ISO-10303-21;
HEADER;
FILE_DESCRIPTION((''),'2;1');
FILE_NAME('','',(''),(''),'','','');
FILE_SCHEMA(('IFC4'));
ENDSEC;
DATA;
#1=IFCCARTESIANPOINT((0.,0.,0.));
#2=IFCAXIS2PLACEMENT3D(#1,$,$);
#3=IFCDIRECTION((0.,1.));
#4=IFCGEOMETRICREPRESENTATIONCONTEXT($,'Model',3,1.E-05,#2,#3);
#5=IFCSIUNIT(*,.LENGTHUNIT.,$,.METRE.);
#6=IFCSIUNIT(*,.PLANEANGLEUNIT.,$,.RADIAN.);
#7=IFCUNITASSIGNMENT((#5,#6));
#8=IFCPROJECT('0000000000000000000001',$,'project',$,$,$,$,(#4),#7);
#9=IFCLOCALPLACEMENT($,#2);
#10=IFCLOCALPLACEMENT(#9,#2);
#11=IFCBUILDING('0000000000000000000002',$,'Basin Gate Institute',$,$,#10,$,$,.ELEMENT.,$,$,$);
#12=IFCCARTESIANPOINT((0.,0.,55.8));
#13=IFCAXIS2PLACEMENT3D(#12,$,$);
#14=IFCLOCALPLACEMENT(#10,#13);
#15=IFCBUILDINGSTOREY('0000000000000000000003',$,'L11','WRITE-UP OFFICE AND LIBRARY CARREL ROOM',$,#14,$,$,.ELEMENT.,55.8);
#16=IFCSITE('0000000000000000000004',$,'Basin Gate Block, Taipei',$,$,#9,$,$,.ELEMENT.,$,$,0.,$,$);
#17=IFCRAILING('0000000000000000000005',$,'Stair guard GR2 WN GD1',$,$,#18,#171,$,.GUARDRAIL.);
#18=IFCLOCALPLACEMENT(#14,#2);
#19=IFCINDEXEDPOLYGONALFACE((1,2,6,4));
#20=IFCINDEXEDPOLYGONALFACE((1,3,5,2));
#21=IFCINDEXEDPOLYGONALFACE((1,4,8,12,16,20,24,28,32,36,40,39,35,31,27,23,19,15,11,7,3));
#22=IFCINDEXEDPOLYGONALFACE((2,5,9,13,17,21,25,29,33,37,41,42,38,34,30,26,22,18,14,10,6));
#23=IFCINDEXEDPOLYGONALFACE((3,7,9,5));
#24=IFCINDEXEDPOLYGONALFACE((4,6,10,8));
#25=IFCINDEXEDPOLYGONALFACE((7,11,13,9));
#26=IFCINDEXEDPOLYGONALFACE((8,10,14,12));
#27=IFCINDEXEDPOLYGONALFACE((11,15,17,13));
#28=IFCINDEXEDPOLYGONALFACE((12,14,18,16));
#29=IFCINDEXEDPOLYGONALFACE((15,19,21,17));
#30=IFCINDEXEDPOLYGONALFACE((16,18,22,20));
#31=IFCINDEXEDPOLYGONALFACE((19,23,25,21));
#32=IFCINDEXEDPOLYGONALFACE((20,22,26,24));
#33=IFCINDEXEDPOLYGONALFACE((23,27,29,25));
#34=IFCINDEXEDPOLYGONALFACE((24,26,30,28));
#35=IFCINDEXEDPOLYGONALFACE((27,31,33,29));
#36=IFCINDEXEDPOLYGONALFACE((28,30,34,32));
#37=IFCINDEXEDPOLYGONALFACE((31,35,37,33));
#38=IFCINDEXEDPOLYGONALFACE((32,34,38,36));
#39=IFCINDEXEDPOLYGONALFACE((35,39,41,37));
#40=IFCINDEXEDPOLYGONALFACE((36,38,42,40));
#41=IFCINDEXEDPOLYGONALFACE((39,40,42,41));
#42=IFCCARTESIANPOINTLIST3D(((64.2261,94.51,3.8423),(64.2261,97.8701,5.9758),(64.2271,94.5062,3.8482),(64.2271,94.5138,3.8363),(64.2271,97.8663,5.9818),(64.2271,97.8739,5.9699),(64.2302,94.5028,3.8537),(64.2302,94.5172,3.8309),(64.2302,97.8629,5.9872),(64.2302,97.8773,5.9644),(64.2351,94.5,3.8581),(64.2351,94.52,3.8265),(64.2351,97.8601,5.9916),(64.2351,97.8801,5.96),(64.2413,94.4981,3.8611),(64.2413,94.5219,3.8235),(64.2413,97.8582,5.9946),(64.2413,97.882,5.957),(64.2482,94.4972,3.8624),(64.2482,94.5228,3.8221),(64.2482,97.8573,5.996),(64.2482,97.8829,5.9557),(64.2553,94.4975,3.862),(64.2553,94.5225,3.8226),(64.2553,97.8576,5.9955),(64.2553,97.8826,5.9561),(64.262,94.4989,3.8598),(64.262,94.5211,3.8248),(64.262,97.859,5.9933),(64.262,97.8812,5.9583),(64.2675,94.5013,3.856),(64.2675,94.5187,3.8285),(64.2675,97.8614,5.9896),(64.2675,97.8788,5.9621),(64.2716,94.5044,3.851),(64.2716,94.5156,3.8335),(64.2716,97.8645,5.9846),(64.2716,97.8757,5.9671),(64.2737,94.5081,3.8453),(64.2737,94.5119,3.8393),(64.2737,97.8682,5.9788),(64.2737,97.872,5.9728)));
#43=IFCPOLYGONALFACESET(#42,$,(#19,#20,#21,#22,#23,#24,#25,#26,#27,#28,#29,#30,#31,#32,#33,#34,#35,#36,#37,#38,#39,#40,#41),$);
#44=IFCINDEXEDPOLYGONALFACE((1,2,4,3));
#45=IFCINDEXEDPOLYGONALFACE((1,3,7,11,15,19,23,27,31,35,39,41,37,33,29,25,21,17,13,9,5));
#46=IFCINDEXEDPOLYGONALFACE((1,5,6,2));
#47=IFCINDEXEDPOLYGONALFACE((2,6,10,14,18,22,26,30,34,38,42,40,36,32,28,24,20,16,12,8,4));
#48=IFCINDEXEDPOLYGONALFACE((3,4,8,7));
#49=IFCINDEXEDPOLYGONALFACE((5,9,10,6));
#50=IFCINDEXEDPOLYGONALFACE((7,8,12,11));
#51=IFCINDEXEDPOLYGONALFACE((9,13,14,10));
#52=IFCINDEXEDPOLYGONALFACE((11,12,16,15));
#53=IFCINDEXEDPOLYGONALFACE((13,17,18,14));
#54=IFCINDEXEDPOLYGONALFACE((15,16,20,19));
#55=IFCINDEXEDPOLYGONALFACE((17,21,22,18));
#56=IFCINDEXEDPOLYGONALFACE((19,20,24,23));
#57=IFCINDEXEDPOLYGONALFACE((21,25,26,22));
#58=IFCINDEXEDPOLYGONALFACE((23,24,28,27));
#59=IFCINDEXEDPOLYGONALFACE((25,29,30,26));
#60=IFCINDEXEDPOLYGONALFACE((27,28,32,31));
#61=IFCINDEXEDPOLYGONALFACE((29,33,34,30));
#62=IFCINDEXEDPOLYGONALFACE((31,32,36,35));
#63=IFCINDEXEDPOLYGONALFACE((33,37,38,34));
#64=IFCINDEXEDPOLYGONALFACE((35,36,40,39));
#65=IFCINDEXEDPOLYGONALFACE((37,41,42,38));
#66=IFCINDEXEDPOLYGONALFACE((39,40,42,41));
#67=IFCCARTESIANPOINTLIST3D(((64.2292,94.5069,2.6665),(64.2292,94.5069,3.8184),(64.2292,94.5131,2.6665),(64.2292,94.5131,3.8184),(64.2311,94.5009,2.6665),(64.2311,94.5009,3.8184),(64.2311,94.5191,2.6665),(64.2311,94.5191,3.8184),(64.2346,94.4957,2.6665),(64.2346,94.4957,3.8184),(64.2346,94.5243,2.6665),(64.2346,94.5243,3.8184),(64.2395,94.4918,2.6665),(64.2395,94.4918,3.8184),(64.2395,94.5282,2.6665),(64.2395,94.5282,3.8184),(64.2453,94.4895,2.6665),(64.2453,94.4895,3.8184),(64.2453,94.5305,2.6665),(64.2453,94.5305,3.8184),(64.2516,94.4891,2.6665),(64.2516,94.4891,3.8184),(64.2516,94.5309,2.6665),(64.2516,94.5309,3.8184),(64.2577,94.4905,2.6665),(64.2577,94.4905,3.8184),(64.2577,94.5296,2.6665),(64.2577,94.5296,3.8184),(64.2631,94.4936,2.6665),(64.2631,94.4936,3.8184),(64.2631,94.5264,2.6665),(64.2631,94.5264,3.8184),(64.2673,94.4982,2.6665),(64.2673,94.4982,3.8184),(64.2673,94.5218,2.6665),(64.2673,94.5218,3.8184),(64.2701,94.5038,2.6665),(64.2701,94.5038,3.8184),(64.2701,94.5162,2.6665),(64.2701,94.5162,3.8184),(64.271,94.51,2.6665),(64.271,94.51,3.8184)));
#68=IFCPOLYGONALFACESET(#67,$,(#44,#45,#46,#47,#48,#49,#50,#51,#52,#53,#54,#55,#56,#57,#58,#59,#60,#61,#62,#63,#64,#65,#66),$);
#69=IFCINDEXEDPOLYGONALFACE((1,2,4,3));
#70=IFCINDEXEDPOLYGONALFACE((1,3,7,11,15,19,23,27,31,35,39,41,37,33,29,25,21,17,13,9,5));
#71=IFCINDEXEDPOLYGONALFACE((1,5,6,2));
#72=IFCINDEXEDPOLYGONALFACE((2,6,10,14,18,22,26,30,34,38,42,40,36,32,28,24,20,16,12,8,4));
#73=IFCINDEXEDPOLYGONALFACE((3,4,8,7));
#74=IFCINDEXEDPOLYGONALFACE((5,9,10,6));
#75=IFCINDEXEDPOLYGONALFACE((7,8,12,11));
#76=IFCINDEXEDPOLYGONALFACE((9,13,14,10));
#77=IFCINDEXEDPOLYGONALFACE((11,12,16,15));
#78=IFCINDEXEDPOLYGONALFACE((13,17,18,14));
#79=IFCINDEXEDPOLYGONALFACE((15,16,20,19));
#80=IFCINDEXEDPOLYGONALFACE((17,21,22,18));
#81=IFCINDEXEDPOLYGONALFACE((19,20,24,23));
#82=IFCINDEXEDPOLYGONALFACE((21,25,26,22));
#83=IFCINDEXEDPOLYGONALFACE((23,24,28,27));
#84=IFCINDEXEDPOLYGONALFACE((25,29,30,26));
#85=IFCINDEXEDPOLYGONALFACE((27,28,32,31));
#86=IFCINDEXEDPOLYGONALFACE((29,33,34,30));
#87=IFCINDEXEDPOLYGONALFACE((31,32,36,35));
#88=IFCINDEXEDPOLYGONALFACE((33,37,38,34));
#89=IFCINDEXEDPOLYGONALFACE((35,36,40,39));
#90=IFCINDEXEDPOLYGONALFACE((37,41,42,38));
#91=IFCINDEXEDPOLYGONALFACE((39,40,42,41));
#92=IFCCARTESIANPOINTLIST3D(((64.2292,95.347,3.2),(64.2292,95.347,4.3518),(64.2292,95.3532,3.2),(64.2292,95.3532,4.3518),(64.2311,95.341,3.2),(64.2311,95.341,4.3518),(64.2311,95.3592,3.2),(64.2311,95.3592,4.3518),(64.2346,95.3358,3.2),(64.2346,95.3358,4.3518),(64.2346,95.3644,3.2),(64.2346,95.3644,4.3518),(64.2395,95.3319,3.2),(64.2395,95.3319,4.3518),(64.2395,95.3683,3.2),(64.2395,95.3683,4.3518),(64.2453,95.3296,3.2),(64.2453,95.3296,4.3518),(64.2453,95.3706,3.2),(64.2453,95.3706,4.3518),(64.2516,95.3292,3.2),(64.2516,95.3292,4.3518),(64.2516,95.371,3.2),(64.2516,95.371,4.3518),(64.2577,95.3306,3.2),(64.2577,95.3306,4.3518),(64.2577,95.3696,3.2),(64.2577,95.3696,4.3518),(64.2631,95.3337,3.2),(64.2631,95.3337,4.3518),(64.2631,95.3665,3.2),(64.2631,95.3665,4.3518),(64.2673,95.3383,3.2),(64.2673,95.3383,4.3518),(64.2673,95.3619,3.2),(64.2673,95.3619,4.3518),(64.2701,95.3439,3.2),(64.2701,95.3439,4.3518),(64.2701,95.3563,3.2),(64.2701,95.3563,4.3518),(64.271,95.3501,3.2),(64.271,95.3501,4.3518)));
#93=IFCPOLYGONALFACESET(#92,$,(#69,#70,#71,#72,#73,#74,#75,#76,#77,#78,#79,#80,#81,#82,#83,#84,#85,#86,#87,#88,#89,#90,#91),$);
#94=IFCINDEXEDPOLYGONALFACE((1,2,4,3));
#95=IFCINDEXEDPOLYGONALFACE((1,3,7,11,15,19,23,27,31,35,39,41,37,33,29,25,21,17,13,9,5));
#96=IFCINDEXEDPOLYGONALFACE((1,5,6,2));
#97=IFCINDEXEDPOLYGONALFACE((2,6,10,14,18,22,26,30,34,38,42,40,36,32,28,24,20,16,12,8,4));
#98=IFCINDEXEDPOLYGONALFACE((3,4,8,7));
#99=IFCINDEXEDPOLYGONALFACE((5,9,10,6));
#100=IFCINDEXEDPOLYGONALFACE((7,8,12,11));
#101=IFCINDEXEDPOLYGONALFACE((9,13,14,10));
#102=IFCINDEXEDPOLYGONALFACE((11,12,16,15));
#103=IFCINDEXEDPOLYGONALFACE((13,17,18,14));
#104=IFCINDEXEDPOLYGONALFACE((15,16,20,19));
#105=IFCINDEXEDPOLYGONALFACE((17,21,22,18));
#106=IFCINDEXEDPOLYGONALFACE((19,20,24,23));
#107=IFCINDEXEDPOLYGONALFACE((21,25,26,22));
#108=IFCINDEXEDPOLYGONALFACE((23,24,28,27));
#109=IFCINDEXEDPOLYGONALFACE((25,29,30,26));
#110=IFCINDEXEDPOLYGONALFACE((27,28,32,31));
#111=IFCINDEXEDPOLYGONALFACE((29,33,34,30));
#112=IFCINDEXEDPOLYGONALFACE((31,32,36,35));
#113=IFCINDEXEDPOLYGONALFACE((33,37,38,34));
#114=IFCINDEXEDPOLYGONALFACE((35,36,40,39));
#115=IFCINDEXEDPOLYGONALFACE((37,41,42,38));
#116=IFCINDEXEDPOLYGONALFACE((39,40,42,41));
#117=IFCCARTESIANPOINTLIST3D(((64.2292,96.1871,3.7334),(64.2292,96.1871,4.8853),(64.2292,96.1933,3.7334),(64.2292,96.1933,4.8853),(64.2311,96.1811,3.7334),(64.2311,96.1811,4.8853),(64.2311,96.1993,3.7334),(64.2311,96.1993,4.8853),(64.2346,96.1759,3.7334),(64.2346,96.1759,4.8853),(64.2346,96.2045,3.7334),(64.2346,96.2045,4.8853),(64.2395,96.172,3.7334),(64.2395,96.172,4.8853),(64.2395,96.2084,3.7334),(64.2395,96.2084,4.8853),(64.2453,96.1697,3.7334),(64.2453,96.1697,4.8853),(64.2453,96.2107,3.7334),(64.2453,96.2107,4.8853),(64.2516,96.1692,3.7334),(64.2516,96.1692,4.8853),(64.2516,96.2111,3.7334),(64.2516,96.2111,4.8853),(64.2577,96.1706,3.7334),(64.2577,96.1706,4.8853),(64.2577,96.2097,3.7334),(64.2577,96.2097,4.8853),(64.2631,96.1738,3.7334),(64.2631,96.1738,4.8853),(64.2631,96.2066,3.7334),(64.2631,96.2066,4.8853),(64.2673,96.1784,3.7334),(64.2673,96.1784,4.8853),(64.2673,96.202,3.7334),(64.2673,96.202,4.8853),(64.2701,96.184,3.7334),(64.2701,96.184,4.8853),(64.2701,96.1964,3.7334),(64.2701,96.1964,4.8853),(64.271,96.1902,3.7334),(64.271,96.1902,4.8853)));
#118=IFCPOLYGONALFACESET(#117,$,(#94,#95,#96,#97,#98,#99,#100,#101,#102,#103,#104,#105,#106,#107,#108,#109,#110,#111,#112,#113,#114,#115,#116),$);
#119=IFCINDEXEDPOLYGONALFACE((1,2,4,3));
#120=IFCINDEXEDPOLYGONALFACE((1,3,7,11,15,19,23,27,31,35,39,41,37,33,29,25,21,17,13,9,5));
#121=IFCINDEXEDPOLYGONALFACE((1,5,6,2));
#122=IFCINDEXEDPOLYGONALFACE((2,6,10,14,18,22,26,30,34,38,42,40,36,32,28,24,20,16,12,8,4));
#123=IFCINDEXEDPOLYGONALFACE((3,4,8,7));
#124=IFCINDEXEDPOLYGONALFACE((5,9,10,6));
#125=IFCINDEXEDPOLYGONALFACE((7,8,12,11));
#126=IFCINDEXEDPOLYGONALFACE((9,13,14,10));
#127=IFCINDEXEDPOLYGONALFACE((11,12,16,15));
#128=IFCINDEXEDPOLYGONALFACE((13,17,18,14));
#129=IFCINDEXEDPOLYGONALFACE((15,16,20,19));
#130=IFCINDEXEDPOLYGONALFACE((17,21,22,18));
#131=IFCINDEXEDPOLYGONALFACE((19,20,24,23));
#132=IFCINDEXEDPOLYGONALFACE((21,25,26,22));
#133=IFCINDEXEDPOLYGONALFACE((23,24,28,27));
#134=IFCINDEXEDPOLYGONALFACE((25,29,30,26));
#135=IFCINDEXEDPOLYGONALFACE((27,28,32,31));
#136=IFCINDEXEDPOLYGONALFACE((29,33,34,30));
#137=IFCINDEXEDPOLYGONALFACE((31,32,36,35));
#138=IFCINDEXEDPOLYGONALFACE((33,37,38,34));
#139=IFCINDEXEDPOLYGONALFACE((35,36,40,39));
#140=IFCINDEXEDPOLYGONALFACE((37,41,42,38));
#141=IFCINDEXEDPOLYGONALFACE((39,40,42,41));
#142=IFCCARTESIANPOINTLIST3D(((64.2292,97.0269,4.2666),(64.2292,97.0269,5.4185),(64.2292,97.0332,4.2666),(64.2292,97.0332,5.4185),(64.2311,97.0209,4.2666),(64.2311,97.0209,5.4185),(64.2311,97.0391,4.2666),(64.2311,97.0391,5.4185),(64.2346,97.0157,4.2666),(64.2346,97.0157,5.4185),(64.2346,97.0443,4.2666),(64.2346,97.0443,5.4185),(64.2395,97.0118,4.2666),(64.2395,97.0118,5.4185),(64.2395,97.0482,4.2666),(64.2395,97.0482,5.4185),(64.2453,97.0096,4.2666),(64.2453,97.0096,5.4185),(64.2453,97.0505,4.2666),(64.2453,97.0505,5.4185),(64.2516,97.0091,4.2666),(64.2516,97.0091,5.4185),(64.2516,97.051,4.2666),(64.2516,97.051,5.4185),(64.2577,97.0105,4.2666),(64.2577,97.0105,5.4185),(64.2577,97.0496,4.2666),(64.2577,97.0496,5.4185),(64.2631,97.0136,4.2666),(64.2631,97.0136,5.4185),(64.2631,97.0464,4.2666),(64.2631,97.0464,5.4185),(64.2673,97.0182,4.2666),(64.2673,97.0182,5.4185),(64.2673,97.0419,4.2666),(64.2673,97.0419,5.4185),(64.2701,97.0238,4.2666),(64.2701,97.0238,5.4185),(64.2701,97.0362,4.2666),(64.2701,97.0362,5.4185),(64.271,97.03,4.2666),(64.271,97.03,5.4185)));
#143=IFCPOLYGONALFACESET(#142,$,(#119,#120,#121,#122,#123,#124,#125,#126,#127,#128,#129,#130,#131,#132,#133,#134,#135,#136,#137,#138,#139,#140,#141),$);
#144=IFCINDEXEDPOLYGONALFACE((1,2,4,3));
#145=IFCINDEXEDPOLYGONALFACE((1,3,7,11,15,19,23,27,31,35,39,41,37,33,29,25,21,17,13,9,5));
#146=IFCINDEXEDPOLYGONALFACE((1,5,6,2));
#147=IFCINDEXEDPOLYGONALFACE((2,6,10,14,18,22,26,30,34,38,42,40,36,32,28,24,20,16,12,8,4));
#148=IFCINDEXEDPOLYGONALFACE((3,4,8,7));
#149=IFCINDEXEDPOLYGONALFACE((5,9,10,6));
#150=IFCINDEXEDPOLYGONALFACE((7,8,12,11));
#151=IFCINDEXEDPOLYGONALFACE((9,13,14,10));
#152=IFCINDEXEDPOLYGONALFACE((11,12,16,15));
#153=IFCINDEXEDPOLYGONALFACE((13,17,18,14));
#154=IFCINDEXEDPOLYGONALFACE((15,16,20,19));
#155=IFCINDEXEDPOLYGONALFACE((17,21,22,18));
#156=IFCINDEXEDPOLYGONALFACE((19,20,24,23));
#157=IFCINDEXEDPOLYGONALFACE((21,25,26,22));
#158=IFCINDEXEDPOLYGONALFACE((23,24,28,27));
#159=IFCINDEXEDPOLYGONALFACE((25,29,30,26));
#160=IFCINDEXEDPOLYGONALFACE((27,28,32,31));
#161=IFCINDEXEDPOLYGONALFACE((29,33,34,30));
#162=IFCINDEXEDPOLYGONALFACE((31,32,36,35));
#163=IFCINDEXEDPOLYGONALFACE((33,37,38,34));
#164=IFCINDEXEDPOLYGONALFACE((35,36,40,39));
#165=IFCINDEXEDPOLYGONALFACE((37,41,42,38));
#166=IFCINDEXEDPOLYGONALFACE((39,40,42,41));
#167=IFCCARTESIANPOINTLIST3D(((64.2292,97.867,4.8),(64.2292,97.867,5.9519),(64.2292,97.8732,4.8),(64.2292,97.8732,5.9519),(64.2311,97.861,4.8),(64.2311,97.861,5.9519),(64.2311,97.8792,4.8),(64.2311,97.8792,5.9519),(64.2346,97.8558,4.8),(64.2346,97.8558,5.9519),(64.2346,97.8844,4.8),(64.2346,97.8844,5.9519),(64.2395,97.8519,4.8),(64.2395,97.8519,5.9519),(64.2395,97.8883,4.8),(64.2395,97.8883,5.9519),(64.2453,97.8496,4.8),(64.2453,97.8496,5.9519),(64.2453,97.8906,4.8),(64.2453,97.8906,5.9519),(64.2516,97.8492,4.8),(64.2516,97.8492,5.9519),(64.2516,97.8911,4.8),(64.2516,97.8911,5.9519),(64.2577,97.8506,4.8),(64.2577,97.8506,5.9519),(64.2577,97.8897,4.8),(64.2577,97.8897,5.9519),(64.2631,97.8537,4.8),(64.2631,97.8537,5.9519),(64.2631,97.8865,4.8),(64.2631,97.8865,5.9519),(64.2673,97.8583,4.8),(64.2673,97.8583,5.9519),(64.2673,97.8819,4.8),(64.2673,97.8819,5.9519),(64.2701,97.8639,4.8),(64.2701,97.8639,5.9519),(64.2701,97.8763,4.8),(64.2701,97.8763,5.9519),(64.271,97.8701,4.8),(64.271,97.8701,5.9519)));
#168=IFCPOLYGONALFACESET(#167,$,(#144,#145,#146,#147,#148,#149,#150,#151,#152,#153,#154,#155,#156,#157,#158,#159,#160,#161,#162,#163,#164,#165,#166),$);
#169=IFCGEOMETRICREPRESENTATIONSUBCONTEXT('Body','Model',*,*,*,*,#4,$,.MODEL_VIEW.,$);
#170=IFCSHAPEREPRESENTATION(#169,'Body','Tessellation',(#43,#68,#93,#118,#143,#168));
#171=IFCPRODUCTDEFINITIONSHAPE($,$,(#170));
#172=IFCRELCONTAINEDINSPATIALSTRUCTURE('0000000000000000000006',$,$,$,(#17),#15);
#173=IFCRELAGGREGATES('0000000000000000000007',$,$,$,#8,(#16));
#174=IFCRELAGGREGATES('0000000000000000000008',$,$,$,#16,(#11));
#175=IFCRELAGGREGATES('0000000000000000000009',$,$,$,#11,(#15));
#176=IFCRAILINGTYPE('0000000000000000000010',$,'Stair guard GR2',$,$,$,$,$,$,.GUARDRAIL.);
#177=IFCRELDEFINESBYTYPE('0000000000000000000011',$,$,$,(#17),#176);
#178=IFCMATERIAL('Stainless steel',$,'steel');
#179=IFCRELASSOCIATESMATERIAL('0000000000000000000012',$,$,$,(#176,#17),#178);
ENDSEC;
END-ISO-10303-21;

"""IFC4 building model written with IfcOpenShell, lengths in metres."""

from ifc_helpers import new_model, si_unit, direction, frame, origin, origin_2d, place, context, subcontext, project, spatial, circle, extrude, material, type_object, element, save


model = new_model("IFC4")

# Units and contexts
model_context = context("Model", 3, precision=1e-05, world=origin(), true_north=direction((0.0, 1.0)))
body_context = subcontext(model_context, "Body", "Model", "MODEL_VIEW")
ifc_project = project(units=[si_unit("LENGTHUNIT", "METRE"), si_unit("PLANEANGLEUNIT", "RADIAN")], contexts=[model_context])

# Site, building, storey
site_placement = place(None, origin())
site = spatial("IfcSite", under=ifc_project, at=site_placement, Name="Basin Gate Block, Taipei", CompositionType="ELEMENT", RefElevation=0.0)
building_placement = place(site_placement, origin())
building = spatial("IfcBuilding", under=site, at=building_placement, Name="Basin Gate Institute", CompositionType="ELEMENT")
storey_placement = place(building_placement, frame((0.0, 0.0, 55.8)))
storey = spatial("IfcBuildingStorey", under=building, at=storey_placement, Name="L11", Description="WRITE-UP OFFICE AND LIBRARY CARREL ROOM", CompositionType="ELEMENT", Elevation=55.8)

# Railing
ifc_material_1 = material(Name="Stainless steel", Category="steel")
railing_type_1 = type_object("IfcRailingType", Name="Stair guard GR2", PredefinedType="GUARDRAIL", material=ifc_material_1)
railing_1_placement = place(storey_placement, frame((64.25, 94.51, 2.6665)))
element("IfcRailing", 1, at=railing_1_placement, inside=storey, type_object=railing_type_1, material=ifc_material_1, Name="Stair guard GR2 WN GD1", PredefinedType="GUARDRAIL", context=body_context, shape_type="SweptSolid", body=[
    extrude(circle(Radius=0.0239, at=origin_2d()), frame((0.0, 0.0, 1.1758), z_axis=(0.0, 0.844197, 0.536034), x_axis=(-1.0, 0.0, 0.0)), (0.0, 0.0, 1.0), 3.9802),
    extrude(circle(Radius=0.021, at=origin_2d()), origin(), (0.0, 0.0, 1.0), 1.1519),
    extrude(circle(Radius=0.021, at=origin_2d()), frame((0.0, 0.8401, 0.5334)), (0.0, 0.0, 1.0), 1.1519),
    extrude(circle(Radius=0.021, at=origin_2d()), frame((0.0, 1.6802, 1.0669)), (0.0, 0.0, 1.0), 1.1519),
    extrude(circle(Radius=0.021, at=origin_2d()), frame((0.0, 2.52, 1.6001)), (0.0, 0.0, 1.0), 1.1519),
    extrude(circle(Radius=0.021, at=origin_2d()), frame((0.0, 3.3601, 2.1335)), (0.0, 0.0, 1.0), 1.1519),
])

save(model, "model.ifc")
